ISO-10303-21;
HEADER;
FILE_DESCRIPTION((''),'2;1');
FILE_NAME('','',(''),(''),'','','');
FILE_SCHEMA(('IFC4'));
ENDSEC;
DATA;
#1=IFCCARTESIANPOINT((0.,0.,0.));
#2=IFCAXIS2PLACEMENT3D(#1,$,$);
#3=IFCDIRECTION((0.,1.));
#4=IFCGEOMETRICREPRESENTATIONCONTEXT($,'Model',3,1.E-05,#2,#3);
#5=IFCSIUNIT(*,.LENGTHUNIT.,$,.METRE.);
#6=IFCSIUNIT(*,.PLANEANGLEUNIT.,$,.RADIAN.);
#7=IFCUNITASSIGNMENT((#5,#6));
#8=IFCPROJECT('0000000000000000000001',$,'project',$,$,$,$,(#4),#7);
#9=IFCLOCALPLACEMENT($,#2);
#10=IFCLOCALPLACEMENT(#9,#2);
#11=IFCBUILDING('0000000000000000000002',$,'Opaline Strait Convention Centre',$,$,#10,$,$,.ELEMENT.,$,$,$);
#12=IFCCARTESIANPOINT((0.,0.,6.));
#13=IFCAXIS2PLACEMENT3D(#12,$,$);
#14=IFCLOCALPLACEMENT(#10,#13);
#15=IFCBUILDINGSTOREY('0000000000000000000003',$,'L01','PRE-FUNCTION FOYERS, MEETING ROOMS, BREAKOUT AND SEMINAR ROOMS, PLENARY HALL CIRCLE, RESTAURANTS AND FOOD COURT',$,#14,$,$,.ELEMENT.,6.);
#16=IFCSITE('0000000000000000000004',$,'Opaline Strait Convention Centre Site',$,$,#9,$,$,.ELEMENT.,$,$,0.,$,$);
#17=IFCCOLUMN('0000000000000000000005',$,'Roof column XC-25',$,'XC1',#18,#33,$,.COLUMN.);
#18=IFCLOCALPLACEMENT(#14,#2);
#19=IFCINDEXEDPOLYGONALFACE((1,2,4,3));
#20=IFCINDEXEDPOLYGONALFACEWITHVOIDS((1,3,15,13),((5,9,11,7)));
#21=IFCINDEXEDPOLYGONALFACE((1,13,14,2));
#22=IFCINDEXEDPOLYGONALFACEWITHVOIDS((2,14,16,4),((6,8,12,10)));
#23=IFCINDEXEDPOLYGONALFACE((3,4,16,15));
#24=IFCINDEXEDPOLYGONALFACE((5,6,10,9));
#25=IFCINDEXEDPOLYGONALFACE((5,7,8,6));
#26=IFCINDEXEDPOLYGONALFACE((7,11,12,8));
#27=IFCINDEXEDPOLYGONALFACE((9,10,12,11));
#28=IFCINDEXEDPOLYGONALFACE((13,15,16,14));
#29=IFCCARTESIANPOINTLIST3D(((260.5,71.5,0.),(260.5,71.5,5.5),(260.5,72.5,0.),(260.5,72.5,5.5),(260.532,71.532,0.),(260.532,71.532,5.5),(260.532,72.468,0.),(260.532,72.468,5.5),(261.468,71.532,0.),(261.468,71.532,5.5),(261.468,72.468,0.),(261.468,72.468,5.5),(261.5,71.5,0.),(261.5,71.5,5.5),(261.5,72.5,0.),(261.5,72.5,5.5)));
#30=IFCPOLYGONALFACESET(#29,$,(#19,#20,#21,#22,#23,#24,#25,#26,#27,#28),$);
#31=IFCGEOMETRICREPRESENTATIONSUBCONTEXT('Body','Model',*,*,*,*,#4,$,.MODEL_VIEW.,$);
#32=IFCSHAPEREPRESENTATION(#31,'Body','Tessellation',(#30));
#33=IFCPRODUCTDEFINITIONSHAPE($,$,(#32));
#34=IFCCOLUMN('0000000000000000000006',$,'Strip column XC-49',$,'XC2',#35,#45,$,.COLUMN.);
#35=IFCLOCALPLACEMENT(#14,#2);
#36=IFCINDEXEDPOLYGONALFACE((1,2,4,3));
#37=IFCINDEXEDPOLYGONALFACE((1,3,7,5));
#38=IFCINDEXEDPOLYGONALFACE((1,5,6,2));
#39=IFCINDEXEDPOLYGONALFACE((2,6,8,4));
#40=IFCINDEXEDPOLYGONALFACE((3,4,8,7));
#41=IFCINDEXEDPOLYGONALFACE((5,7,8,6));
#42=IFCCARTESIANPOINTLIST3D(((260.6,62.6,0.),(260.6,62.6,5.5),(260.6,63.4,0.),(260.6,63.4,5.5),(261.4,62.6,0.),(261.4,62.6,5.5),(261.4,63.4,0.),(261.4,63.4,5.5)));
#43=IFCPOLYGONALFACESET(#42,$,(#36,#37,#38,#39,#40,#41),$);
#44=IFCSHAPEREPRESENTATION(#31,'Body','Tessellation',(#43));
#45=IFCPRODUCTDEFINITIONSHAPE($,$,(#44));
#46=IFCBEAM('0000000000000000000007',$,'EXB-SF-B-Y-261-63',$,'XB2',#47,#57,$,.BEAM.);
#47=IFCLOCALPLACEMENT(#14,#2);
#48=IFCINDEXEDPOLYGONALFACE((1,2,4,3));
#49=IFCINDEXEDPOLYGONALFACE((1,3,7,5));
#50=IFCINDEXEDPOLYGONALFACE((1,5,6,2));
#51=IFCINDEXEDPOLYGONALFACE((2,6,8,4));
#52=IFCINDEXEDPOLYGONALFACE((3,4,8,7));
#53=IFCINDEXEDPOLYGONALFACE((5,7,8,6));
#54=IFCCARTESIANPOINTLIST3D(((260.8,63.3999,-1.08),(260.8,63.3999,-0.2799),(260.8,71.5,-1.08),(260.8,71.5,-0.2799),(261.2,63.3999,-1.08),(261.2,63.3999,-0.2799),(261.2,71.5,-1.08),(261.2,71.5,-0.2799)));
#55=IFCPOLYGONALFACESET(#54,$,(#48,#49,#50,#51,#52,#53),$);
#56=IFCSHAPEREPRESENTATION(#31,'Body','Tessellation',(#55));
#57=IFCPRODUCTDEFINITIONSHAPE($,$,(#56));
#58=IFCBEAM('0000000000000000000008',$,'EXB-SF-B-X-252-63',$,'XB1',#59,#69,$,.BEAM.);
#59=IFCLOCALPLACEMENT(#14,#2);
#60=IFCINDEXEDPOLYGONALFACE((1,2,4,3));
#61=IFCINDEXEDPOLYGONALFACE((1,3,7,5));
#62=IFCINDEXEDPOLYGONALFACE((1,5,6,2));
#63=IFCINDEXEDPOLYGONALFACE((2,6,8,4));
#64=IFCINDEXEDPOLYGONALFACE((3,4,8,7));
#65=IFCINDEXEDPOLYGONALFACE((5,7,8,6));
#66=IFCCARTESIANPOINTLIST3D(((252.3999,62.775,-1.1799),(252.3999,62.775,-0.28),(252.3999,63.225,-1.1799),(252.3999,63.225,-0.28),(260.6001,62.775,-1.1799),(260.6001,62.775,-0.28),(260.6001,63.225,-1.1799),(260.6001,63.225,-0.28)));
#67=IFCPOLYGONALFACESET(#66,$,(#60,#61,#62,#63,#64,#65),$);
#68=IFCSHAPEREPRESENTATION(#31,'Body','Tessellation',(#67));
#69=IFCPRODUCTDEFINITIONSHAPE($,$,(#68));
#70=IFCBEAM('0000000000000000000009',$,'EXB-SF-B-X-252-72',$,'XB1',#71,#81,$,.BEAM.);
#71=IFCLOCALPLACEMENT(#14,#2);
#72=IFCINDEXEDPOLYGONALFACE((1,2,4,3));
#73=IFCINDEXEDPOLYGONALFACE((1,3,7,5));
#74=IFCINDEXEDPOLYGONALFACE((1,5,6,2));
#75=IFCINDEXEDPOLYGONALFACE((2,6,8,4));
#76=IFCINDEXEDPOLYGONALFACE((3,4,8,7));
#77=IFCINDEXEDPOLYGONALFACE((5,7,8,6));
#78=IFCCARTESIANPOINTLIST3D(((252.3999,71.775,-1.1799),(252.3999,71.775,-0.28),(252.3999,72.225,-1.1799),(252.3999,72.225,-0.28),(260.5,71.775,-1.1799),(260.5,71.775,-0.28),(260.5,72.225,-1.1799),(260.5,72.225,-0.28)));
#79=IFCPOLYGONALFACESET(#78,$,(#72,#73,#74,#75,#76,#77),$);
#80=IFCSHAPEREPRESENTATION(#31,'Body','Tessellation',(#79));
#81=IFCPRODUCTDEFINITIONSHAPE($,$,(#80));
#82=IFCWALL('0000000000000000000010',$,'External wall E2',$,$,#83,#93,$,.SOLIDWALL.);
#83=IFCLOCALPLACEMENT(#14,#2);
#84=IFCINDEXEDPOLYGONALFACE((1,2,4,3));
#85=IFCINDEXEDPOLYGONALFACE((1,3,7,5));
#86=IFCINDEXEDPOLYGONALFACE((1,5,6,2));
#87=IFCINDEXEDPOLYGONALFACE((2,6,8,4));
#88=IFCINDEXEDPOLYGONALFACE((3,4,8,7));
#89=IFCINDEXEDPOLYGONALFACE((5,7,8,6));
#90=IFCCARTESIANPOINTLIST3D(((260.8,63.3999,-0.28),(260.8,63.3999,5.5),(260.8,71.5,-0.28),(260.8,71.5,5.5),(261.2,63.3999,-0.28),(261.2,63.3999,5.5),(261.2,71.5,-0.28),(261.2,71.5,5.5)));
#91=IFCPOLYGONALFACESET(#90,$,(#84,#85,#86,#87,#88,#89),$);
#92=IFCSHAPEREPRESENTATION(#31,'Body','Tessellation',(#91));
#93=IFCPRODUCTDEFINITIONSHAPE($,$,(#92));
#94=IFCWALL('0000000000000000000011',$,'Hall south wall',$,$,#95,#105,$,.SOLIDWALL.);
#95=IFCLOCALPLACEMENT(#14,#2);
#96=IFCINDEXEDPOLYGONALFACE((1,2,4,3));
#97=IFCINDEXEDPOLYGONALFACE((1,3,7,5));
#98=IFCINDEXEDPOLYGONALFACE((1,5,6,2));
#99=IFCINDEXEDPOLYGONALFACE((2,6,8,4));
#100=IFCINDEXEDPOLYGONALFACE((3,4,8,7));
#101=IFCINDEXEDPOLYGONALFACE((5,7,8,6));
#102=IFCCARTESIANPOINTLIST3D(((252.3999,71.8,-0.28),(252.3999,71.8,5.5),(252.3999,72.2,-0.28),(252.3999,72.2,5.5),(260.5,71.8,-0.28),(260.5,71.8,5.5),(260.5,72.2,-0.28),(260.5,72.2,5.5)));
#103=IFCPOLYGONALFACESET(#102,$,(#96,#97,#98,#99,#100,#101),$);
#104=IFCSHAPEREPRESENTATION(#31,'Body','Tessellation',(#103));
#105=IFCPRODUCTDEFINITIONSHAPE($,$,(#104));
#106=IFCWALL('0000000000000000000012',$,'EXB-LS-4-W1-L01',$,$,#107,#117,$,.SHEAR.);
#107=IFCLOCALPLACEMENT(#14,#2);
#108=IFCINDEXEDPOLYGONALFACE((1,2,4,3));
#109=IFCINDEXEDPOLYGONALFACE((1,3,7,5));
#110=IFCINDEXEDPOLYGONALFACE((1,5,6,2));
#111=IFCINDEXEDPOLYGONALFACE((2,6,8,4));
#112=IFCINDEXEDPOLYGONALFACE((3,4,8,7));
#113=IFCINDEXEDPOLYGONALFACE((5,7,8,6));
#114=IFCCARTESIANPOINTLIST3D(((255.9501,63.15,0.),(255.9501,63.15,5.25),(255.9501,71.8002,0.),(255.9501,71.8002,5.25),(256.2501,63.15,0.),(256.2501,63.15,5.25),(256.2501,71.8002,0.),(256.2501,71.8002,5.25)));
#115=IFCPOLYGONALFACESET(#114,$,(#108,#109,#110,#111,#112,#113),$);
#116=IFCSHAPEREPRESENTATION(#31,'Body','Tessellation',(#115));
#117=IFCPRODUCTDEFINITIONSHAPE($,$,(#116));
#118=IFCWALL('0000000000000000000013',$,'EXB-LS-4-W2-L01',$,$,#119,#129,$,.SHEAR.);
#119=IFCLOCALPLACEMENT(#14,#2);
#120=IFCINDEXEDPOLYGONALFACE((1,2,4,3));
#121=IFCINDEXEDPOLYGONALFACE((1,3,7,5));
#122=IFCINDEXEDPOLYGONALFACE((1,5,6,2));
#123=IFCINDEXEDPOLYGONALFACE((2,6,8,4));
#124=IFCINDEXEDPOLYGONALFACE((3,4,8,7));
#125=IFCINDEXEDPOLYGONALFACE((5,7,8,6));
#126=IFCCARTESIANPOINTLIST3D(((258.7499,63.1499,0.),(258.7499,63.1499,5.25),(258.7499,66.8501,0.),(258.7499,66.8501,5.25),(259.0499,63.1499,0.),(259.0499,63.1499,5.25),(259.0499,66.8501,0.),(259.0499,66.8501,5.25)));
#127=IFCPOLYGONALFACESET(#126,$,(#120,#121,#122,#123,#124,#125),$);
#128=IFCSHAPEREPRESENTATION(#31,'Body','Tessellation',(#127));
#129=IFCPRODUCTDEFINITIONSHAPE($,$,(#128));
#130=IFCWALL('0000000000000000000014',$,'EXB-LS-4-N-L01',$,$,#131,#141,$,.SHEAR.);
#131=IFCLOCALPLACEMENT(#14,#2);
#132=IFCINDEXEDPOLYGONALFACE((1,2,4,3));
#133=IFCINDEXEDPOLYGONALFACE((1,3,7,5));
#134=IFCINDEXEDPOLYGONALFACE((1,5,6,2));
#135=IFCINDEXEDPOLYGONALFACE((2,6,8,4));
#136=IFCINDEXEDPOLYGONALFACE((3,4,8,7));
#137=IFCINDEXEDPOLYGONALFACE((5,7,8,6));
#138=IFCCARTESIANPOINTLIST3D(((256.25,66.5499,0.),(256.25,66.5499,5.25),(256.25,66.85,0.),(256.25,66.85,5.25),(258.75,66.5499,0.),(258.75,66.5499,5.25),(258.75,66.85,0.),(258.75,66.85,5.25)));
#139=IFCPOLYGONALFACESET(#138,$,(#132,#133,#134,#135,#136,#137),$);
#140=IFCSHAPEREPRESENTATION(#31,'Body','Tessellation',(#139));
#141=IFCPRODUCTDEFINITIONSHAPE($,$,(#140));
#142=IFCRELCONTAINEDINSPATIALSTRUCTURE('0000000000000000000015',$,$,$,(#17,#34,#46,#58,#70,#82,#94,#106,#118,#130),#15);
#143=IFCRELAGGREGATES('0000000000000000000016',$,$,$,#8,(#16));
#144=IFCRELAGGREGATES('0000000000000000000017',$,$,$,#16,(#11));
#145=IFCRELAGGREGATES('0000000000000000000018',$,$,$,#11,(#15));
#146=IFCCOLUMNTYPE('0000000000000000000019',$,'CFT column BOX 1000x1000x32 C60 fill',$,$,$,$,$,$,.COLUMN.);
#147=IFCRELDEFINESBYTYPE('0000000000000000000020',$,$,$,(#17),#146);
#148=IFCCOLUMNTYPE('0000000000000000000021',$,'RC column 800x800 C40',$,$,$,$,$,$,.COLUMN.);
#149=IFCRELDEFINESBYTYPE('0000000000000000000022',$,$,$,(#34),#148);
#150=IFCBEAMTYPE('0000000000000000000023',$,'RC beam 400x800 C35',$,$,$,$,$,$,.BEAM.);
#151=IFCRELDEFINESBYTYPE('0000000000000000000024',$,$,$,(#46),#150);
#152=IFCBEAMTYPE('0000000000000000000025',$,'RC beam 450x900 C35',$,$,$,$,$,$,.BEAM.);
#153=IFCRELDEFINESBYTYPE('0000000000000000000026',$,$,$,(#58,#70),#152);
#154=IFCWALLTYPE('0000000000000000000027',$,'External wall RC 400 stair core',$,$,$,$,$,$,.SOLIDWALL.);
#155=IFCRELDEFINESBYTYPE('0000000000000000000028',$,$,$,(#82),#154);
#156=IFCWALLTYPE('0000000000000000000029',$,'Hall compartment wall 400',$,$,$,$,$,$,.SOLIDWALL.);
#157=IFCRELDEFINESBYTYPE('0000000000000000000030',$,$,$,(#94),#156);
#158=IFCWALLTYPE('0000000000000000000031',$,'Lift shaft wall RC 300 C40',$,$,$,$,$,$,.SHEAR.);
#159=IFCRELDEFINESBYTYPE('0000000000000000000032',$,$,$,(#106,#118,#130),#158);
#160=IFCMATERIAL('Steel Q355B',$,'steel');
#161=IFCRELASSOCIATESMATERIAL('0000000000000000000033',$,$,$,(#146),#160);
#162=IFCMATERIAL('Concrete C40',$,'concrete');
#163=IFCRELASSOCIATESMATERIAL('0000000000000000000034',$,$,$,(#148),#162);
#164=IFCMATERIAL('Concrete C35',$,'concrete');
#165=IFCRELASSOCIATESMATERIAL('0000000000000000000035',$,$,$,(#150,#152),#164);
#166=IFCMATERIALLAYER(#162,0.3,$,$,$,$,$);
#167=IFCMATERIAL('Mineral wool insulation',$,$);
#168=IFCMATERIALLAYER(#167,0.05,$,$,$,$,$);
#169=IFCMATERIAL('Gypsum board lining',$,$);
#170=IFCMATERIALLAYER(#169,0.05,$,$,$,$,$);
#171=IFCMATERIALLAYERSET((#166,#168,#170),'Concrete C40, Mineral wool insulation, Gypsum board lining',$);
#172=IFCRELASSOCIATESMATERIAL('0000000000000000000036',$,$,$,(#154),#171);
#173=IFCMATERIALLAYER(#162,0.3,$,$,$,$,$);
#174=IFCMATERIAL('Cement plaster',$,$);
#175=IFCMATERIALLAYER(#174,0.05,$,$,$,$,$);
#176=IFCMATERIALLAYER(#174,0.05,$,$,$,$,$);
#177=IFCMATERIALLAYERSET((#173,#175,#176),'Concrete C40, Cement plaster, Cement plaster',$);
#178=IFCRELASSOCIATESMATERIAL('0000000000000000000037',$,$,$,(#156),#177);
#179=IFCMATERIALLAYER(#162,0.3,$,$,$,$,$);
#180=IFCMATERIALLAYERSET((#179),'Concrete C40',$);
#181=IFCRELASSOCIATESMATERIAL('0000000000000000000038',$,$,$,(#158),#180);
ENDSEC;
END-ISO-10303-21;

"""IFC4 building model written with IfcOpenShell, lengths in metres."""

from ifc_helpers import new_model, si_unit, direction, frame, frame_2d, origin, origin_2d, place, context, subcontext, project, spatial, rectangle, hollow_rectangle, extrude, material, layer, layer_set, material_profile, profile_set, type_object, element, save


model = new_model("IFC4")

# Units and contexts
model_context = context("Model", 3, precision=1e-05, world=origin(), true_north=direction((0.0, 1.0)))
body_context = subcontext(model_context, "Body", "Model", "MODEL_VIEW")
ifc_project = project(units=[si_unit("LENGTHUNIT", "METRE"), si_unit("PLANEANGLEUNIT", "RADIAN")], contexts=[model_context])

# Site, building, storey
site_placement = place(None, origin())
site = spatial("IfcSite", under=ifc_project, at=site_placement, Name="Opaline Strait Convention Centre Site", CompositionType="ELEMENT", RefElevation=0.0)
building_placement = place(site_placement, origin())
building = spatial("IfcBuilding", under=site, at=building_placement, Name="Opaline Strait Convention Centre", CompositionType="ELEMENT")
storey_placement = place(building_placement, frame((0.0, 0.0, 6.0)))
storey = spatial("IfcBuildingStorey", under=building, at=storey_placement, Name="L01", Description="PRE-FUNCTION FOYERS, MEETING ROOMS, BREAKOUT AND SEMINAR ROOMS, PLENARY HALL CIRCLE, RESTAURANTS AND FOOD COURT", CompositionType="ELEMENT", Elevation=6.0)

# Columns
ifc_material_1 = material(Name="Steel Q355B", Category="steel")
ifc_material_profile_1 = material_profile(ifc_material_1, hollow_rectangle(XDim=1.0, YDim=1.0, WallThickness=0.032, at=origin_2d()), Name="BOX 1000x1000x32")
ifc_profile_set_1 = profile_set([ifc_material_profile_1], Name="Steel Q355B")
column_type_1 = type_object("IfcColumnType", Name="CFT column BOX 1000x1000x32 C60 fill", PredefinedType="COLUMN", material=ifc_profile_set_1)
column_1_placement = place(storey_placement, frame((261.0, 72.0, 0.0), z_axis=(0.0, 0.0, 1.0), x_axis=(1.0, 0.0, 0.0)))
element("IfcColumn", 1, at=column_1_placement, inside=storey, type_object=column_type_1, Name="Roof column XC-25", ObjectType="XC1", PredefinedType="COLUMN", context=body_context, shape_type="SweptSolid", body=[
    extrude(hollow_rectangle(XDim=1.0, YDim=1.0, WallThickness=0.032, at=origin_2d()), origin(), (0.0, 0.0, 1.0), 5.5),
])
ifc_material_2 = material(Name="Concrete C40", Category="concrete")
ifc_material_profile_2 = material_profile(ifc_material_2, rectangle(XDim=0.8, YDim=0.8, at=origin_2d()), Name="RC 800x800")
ifc_profile_set_2 = profile_set([ifc_material_profile_2], Name="Concrete C40")
column_type_2 = type_object("IfcColumnType", Name="RC column 800x800 C40", PredefinedType="COLUMN", material=ifc_profile_set_2)
column_2_placement = place(storey_placement, frame((261.0, 63.0, 0.0), z_axis=(0.0, 0.0, 1.0), x_axis=(1.0, 0.0, 0.0)))
element("IfcColumn", 2, at=column_2_placement, inside=storey, type_object=column_type_2, Name="Strip column XC-49", ObjectType="XC2", PredefinedType="COLUMN", context=body_context, shape_type="SweptSolid", body=[
    extrude(rectangle(XDim=0.8, YDim=0.8, at=origin_2d()), origin(), (0.0, 0.0, 1.0), 5.5),
])

# Beams
ifc_material_3 = material(Name="Concrete C35", Category="concrete")
ifc_material_profile_3 = material_profile(ifc_material_3, rectangle(XDim=0.3999, YDim=0.8, at=origin_2d()), Name="RC 400x800")
ifc_profile_set_3 = profile_set([ifc_material_profile_3], Name="Concrete C35")
beam_type_1 = type_object("IfcBeamType", Name="RC beam 400x800 C35", PredefinedType="BEAM", material=ifc_profile_set_3)
beam_1_placement = place(storey_placement, frame((261.0, 63.3999, -0.6799), z_axis=(0.0, 1.0, 0.0), x_axis=(-1.0, 0.0, 0.0)))
element("IfcBeam", 3, at=beam_1_placement, inside=storey, type_object=beam_type_1, Name="EXB-SF-B-Y-261-63", ObjectType="XB2", PredefinedType="BEAM", context=body_context, shape_type="SweptSolid", body=[
    extrude(rectangle(XDim=0.3999, YDim=0.8, at=origin_2d()), origin(), (0.0, 0.0, 1.0), 8.1001),
])
ifc_material_profile_4 = material_profile(ifc_material_3, rectangle(XDim=0.45, YDim=0.8999, at=origin_2d()), Name="RC 450x900")
ifc_profile_set_4 = profile_set([ifc_material_profile_4], Name="Concrete C35")
beam_type_2 = type_object("IfcBeamType", Name="RC beam 450x900 C35", PredefinedType="BEAM", material=ifc_profile_set_4)
beam_2_placement = place(storey_placement, frame((252.3999, 63.0, -0.73), z_axis=(1.0, 0.0, 0.0), x_axis=(0.0, 1.0, 0.0)))
element("IfcBeam", 4, at=beam_2_placement, inside=storey, type_object=beam_type_2, Name="EXB-SF-B-X-252-63", ObjectType="XB1", PredefinedType="BEAM", context=body_context, shape_type="SweptSolid", body=[
    extrude(rectangle(XDim=0.45, YDim=0.8999, at=origin_2d()), origin(), (0.0, 0.0, 1.0), 8.2002),
])
beam_3_placement = place(storey_placement, frame((252.3999, 72.0, -0.73), z_axis=(1.0, 0.0, 0.0), x_axis=(0.0, 1.0, 0.0)))
element("IfcBeam", 5, at=beam_3_placement, inside=storey, type_object=beam_type_2, Name="EXB-SF-B-X-252-72", ObjectType="XB1", PredefinedType="BEAM", context=body_context, shape_type="SweptSolid", body=[
    extrude(rectangle(XDim=0.45, YDim=0.8999, at=origin_2d()), origin(), (0.0, 0.0, 1.0), 8.1001),
])

# Walls
ifc_layer_1 = layer(ifc_material_2, 0.3)
ifc_material_4 = material(Name="Mineral wool insulation")
ifc_layer_2 = layer(ifc_material_4, 0.05)
ifc_material_5 = material(Name="Gypsum board lining")
ifc_layer_3 = layer(ifc_material_5, 0.05)
ifc_layer_set_1 = layer_set([ifc_layer_1, ifc_layer_2, ifc_layer_3], Name="Concrete C40, Mineral wool insulation, Gypsum board lining")
wall_type_1 = type_object("IfcWallType", Name="External wall RC 400 stair core", PredefinedType="SOLIDWALL", material=ifc_layer_set_1)
wall_1_placement = place(storey_placement, frame((261.0, 63.3999, -0.28), z_axis=(0.0, 0.0, 1.0), x_axis=(0.0, 1.0, 0.0)))
element("IfcWall", 6, at=wall_1_placement, inside=storey, type_object=wall_type_1, Name="External wall E2", PredefinedType="SOLIDWALL", context=body_context, shape_type="SweptSolid", body=[
    extrude(rectangle(XDim=8.1001, YDim=0.3999, at=frame_2d((4.05, 0.0))), origin(), (0.0, 0.0, 1.0), 5.78),
])
ifc_layer_4 = layer(ifc_material_2, 0.3)
ifc_material_6 = material(Name="Cement plaster")
ifc_layer_5 = layer(ifc_material_6, 0.05)
ifc_layer_6 = layer(ifc_material_6, 0.05)
ifc_layer_set_2 = layer_set([ifc_layer_4, ifc_layer_5, ifc_layer_6], Name="Concrete C40, Cement plaster, Cement plaster")
wall_type_2 = type_object("IfcWallType", Name="Hall compartment wall 400", PredefinedType="SOLIDWALL", material=ifc_layer_set_2)
wall_2_placement = place(storey_placement, frame((252.3999, 72.0, -0.28), z_axis=(0.0, 0.0, 1.0), x_axis=(1.0, 0.0, 0.0)))
element("IfcWall", 7, at=wall_2_placement, inside=storey, type_object=wall_type_2, Name="Hall south wall", PredefinedType="SOLIDWALL", context=body_context, shape_type="SweptSolid", body=[
    extrude(rectangle(XDim=8.1001, YDim=0.3999, at=frame_2d((4.05, 0.0))), origin(), (0.0, 0.0, 1.0), 5.78),
])
ifc_layer_7 = layer(ifc_material_2, 0.3)
ifc_layer_set_3 = layer_set([ifc_layer_7], Name="Concrete C40")
wall_type_3 = type_object("IfcWallType", Name="Lift shaft wall RC 300 C40", PredefinedType="SHEAR", material=ifc_layer_set_3)
wall_3_placement = place(storey_placement, frame((256.1001, 63.1499, 0.0), z_axis=(0.0, 0.0, 1.0), x_axis=(0.0, 1.0, 0.0)))
element("IfcWall", 8, at=wall_3_placement, inside=storey, type_object=wall_type_3, Name="EXB-LS-4-W1-L01", PredefinedType="SHEAR", context=body_context, shape_type="SweptSolid", body=[
    extrude(rectangle(XDim=8.6501, YDim=0.3, at=frame_2d((4.3252, 0.0))), origin(), (0.0, 0.0, 1.0), 5.25),
])
wall_4_placement = place(storey_placement, frame((258.8999, 63.1499, 0.0), z_axis=(0.0, 0.0, 1.0), x_axis=(0.0, 1.0, 0.0)))
element("IfcWall", 9, at=wall_4_placement, inside=storey, type_object=wall_type_3, Name="EXB-LS-4-W2-L01", PredefinedType="SHEAR", context=body_context, shape_type="SweptSolid", body=[
    extrude(rectangle(XDim=3.7002, YDim=0.3, at=frame_2d((1.8501, 0.0))), origin(), (0.0, 0.0, 1.0), 5.25),
])
wall_5_placement = place(storey_placement, frame((256.25, 66.7, 0.0), z_axis=(0.0, 0.0, 1.0), x_axis=(1.0, 0.0, 0.0)))
element("IfcWall", 10, at=wall_5_placement, inside=storey, type_object=wall_type_3, Name="EXB-LS-4-N-L01", PredefinedType="SHEAR", context=body_context, shape_type="SweptSolid", body=[
    extrude(rectangle(XDim=2.5, YDim=0.3, at=frame_2d((1.25, 0.0))), origin(), (0.0, 0.0, 1.0), 5.25),
])

save(model, "model.ifc")
